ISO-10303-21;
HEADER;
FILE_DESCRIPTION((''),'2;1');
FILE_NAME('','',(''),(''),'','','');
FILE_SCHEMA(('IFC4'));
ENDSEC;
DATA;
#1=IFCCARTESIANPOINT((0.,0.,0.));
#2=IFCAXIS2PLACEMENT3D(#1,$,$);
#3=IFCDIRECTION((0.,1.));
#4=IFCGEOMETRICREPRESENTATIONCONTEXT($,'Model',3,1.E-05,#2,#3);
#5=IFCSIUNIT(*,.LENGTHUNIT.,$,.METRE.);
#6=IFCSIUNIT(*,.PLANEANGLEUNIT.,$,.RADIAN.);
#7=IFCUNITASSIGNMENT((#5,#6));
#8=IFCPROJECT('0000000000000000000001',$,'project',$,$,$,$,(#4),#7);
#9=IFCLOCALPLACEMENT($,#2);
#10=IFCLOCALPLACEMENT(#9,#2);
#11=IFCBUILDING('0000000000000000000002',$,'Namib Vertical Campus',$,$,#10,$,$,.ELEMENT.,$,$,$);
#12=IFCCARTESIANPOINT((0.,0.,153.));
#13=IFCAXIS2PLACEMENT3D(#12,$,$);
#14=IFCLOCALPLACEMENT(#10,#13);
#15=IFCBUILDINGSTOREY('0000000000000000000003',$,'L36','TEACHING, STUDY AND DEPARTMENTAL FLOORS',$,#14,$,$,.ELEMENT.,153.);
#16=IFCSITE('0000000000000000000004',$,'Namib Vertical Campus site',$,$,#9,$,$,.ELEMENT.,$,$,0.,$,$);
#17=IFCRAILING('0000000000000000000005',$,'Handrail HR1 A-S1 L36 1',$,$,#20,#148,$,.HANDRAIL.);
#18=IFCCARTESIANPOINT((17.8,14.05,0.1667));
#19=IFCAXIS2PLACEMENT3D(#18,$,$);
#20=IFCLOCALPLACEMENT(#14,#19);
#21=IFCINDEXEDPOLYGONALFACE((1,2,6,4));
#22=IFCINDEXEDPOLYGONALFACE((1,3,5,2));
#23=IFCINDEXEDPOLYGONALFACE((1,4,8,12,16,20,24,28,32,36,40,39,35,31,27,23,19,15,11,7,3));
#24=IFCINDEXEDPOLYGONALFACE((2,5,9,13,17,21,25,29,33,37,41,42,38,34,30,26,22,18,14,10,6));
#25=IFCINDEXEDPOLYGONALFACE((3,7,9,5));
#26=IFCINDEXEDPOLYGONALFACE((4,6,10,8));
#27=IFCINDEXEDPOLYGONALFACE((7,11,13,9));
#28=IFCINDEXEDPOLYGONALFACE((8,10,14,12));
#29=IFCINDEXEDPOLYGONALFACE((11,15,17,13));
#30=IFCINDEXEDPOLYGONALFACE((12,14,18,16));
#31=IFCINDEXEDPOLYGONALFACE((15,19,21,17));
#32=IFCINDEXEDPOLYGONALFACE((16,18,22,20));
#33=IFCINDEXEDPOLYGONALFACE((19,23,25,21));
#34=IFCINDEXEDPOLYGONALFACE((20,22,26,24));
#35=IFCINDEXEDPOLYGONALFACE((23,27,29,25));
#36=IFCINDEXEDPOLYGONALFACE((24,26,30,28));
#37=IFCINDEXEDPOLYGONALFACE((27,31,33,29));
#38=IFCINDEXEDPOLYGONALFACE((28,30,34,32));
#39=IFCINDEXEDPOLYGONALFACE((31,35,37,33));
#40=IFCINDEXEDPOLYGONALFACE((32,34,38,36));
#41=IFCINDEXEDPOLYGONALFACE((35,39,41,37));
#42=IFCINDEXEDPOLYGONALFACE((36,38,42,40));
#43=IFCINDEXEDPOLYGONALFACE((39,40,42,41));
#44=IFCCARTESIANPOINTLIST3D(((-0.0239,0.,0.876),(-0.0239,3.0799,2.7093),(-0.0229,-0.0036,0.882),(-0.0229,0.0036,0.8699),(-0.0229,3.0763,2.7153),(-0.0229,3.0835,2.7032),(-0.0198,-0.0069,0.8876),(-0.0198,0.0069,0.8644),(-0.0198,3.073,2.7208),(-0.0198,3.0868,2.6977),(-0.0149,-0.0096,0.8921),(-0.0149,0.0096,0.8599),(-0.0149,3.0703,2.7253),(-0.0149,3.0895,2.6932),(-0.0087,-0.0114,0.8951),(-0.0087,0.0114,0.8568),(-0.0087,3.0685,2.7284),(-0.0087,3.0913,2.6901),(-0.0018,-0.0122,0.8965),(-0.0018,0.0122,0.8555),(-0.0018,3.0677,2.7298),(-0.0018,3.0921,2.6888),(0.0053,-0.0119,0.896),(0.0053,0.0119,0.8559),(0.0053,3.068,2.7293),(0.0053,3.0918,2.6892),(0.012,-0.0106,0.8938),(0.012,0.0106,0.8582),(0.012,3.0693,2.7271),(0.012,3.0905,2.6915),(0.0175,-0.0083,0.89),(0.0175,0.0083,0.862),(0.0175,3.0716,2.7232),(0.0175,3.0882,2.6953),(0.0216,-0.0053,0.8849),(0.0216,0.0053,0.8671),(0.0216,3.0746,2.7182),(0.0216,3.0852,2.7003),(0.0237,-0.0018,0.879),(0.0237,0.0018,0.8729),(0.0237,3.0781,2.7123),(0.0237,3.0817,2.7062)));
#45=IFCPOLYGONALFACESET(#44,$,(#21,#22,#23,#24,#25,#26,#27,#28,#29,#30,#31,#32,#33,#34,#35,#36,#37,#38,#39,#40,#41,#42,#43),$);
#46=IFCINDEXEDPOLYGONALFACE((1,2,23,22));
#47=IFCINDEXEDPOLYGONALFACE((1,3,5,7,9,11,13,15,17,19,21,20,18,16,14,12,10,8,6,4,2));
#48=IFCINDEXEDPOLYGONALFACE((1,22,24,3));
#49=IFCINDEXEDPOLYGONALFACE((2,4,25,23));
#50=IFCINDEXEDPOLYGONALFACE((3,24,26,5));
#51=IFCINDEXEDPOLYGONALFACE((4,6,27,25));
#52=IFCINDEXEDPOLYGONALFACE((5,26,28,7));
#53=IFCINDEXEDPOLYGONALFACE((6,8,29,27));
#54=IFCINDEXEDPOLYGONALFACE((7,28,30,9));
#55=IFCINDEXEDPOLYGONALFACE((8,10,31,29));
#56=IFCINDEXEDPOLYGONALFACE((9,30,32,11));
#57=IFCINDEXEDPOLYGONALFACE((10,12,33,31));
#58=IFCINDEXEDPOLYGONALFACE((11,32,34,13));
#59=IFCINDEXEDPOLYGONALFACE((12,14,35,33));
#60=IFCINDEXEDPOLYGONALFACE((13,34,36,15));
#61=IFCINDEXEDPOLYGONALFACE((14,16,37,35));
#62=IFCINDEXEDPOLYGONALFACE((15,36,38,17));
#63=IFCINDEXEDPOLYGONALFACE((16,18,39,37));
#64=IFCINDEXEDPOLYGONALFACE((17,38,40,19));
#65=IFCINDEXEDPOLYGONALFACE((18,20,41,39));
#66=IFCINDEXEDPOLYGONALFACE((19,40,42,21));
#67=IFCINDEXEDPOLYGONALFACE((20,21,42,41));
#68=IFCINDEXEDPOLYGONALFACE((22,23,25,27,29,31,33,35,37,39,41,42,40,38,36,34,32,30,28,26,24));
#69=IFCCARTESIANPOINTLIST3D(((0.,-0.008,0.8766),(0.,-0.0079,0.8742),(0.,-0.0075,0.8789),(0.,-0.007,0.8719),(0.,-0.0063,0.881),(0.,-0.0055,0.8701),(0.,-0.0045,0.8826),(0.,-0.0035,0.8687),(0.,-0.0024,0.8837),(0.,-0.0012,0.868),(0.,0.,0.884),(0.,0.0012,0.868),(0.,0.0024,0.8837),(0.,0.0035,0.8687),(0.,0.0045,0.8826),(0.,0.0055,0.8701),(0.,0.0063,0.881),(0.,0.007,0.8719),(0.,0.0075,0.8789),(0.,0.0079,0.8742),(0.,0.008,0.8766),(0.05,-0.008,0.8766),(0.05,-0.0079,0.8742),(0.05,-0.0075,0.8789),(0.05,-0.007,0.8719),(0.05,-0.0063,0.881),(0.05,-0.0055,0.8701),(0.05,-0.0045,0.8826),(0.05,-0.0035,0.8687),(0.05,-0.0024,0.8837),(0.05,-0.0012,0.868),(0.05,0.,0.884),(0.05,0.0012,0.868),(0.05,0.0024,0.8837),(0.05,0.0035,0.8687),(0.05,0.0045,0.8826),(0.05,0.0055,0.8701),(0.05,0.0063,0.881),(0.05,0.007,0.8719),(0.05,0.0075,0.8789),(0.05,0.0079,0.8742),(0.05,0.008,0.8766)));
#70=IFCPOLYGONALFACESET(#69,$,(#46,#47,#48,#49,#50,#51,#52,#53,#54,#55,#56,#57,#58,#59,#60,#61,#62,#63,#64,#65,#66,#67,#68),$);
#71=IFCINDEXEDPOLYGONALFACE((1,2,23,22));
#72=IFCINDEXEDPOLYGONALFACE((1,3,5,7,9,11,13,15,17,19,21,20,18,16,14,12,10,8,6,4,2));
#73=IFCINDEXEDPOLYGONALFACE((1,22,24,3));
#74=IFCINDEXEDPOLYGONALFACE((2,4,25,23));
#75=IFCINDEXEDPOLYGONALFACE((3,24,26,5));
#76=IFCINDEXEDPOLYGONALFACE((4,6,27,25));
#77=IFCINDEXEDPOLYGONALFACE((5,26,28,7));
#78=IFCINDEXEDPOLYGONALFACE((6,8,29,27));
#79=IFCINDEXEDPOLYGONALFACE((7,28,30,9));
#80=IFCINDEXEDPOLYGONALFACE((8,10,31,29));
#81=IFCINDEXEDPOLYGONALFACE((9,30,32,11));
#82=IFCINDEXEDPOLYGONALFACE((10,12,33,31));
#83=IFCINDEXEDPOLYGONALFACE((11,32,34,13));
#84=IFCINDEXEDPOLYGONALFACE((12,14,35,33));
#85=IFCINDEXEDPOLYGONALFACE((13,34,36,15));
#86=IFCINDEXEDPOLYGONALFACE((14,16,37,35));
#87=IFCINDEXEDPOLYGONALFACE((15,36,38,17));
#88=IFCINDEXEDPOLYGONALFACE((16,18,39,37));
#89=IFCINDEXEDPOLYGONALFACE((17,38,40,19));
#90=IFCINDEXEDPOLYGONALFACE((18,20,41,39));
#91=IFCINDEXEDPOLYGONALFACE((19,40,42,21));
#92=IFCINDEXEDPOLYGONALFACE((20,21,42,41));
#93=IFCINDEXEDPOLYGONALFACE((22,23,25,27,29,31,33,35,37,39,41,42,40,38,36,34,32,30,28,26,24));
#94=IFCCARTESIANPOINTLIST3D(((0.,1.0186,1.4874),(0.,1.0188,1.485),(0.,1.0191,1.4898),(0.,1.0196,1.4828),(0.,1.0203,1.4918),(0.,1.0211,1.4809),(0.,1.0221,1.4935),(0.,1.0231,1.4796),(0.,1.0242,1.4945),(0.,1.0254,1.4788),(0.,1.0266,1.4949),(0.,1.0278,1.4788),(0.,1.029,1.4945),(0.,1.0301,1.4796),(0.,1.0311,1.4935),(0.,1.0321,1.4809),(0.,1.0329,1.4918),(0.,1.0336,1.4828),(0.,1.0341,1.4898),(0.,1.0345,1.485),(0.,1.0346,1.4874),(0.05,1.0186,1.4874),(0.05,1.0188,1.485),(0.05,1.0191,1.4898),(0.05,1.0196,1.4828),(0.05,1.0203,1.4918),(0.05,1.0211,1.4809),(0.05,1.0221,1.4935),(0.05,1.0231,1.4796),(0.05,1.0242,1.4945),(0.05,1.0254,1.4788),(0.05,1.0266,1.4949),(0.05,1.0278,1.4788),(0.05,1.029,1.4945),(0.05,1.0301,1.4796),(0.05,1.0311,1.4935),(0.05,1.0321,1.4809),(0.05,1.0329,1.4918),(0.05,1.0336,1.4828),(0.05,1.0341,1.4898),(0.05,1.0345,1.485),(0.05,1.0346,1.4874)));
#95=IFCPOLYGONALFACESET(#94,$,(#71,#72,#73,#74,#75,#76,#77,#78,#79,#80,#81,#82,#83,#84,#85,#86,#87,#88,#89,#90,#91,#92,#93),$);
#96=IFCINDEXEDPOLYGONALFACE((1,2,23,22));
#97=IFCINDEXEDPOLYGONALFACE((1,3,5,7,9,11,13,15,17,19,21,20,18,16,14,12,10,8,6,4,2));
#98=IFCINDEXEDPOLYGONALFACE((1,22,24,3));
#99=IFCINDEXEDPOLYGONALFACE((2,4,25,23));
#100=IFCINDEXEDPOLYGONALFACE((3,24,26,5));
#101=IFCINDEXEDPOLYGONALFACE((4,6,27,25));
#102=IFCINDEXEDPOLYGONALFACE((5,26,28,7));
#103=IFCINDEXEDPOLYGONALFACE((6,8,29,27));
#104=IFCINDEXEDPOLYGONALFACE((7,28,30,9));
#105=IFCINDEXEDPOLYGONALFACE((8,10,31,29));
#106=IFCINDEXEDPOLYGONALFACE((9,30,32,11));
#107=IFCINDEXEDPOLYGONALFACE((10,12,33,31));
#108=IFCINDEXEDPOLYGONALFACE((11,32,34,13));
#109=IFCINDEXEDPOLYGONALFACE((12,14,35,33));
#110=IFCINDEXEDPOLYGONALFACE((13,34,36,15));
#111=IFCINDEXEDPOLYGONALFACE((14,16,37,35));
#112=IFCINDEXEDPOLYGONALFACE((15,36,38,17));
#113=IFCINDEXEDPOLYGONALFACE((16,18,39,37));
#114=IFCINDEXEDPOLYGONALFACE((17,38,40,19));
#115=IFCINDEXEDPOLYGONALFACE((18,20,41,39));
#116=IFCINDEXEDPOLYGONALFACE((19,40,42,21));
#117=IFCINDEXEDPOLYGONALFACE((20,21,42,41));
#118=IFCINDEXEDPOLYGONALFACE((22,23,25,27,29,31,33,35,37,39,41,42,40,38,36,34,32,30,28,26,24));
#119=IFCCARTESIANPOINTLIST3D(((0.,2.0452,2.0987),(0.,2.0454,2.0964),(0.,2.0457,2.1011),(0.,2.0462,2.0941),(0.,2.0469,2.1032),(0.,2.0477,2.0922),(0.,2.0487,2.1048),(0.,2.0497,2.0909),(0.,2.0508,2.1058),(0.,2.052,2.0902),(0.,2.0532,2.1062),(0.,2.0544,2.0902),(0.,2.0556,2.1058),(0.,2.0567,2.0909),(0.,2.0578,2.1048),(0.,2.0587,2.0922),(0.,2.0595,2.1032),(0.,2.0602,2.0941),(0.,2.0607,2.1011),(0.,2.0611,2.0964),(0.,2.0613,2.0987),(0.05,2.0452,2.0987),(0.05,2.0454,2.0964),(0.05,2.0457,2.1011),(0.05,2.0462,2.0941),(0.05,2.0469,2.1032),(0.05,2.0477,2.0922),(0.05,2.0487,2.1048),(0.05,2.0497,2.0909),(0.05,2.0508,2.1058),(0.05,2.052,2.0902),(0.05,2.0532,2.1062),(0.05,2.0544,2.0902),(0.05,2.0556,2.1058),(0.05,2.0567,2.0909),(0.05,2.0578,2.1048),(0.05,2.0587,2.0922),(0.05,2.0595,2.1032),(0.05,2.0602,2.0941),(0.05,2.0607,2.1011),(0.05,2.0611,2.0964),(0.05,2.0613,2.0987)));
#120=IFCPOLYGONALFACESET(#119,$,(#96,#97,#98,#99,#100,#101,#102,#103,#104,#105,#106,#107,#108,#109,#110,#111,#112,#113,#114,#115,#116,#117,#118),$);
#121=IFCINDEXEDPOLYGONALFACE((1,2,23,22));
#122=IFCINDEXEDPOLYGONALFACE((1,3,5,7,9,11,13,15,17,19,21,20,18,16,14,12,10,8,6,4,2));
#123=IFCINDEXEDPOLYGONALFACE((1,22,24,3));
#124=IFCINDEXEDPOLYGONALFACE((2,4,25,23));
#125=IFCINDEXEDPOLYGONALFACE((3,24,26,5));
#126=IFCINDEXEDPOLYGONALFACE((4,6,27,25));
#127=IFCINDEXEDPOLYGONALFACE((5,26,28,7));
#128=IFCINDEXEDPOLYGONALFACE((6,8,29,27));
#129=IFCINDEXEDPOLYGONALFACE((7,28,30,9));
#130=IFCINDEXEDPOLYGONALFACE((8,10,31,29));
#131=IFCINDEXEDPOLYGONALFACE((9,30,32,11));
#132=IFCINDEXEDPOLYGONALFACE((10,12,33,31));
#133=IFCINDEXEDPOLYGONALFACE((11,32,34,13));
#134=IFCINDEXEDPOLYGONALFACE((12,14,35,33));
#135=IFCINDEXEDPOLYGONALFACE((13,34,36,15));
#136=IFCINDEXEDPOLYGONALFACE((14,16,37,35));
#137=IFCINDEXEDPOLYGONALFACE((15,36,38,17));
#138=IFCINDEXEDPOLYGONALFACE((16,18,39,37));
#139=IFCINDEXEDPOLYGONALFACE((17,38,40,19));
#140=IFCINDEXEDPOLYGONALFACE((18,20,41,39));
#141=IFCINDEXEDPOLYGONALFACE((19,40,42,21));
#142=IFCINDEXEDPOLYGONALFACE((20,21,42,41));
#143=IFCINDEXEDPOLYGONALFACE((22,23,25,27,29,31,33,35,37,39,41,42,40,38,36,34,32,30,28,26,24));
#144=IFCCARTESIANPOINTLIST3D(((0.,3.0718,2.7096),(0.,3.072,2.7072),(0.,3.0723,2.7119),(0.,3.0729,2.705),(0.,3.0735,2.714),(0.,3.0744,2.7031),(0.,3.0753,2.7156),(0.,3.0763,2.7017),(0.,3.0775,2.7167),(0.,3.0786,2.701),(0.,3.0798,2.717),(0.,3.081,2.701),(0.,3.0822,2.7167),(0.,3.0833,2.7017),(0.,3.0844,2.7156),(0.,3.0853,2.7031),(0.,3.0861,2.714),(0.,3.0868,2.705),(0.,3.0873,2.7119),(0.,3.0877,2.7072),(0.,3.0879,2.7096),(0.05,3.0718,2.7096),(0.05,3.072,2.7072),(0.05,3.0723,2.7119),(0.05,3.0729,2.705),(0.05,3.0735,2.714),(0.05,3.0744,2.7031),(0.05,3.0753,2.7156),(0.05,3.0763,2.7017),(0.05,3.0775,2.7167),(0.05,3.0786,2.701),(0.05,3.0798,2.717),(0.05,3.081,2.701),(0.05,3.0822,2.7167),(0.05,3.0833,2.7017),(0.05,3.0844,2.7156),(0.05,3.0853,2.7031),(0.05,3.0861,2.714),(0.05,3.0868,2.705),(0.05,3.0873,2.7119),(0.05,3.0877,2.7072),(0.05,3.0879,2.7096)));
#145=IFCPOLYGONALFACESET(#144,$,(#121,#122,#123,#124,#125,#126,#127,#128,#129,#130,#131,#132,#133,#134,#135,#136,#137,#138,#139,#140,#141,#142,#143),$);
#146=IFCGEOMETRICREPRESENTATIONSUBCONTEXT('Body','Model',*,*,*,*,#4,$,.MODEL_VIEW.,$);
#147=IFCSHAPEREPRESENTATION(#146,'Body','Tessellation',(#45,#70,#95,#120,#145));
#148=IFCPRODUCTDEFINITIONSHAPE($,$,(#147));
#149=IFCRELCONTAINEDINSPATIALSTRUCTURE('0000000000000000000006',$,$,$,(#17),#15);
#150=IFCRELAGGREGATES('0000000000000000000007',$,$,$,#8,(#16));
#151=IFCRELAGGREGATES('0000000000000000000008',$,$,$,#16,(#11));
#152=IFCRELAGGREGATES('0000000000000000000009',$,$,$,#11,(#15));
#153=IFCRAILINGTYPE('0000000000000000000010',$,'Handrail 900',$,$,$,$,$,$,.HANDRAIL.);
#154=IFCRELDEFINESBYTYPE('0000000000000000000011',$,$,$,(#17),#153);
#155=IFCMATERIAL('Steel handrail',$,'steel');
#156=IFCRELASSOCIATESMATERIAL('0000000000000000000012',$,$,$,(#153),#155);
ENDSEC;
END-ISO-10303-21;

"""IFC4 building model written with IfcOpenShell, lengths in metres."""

from ifc_helpers import new_model, si_unit, direction, frame, origin, origin_2d, place, context, subcontext, project, spatial, circle, extrude, material, type_object, element, save


model = new_model("IFC4")

# Units and contexts
model_context = context("Model", 3, precision=1e-05, world=origin(), true_north=direction((0.0, 1.0)))
body_context = subcontext(model_context, "Body", "Model", "MODEL_VIEW")
ifc_project = project(units=[si_unit("LENGTHUNIT", "METRE"), si_unit("PLANEANGLEUNIT", "RADIAN")], contexts=[model_context])

# Site, building, storey
site_placement = place(None, origin())
site = spatial("IfcSite", under=ifc_project, at=site_placement, Name="Namib Vertical Campus site", CompositionType="ELEMENT", RefElevation=0.0)
building_placement = place(site_placement, origin())
building = spatial("IfcBuilding", under=site, at=building_placement, Name="Namib Vertical Campus", CompositionType="ELEMENT")
storey_placement = place(building_placement, frame((0.0, 0.0, 153.0)))
storey = spatial("IfcBuildingStorey", under=building, at=storey_placement, Name="L36", Description="TEACHING, STUDY AND DEPARTMENTAL FLOORS", CompositionType="ELEMENT", Elevation=153.0)

# Railing
ifc_material_1 = material(Name="Steel handrail", Category="steel")
railing_type_1 = type_object("IfcRailingType", Name="Handrail 900", PredefinedType="HANDRAIL", material=ifc_material_1)
railing_1_placement = place(storey_placement, frame((17.8, 14.05, 0.1667)))
element("IfcRailing", 1, at=railing_1_placement, inside=storey, type_object=railing_type_1, Name="Handrail HR1 A-S1 L36 1", PredefinedType="HANDRAIL", context=body_context, shape_type="SweptSolid", body=[
    extrude(circle(Radius=0.0239, at=origin_2d()), frame((0.0, 0.0, 0.876), z_axis=(0.0, 0.859291, 0.511487), x_axis=(-1.0, 0.0, 0.0)), (0.0, 0.0, 1.0), 3.5842),
    extrude(circle(Radius=0.0081, at=origin_2d()), frame((0.0, 0.0, 0.876), z_axis=(1.0, 0.0, 0.0), x_axis=(0.0, 0.0, 1.0)), (0.0, 0.0, 1.0), 0.05),
    extrude(circle(Radius=0.0081, at=origin_2d()), frame((0.0, 1.0266, 1.4868), z_axis=(1.0, 0.0, 0.0), x_axis=(0.0, 0.0, 1.0)), (0.0, 0.0, 1.0), 0.05),
    extrude(circle(Radius=0.0081, at=origin_2d()), frame((0.0, 2.0532, 2.0981), z_axis=(1.0, 0.0, 0.0), x_axis=(0.0, 0.0, 1.0)), (0.0, 0.0, 1.0), 0.05),
    extrude(circle(Radius=0.0081, at=origin_2d()), frame((0.0, 3.0798, 2.709), z_axis=(1.0, 0.0, 0.0), x_axis=(0.0, 0.0, 1.0)), (0.0, 0.0, 1.0), 0.05),
])

save(model, "model.ifc")
